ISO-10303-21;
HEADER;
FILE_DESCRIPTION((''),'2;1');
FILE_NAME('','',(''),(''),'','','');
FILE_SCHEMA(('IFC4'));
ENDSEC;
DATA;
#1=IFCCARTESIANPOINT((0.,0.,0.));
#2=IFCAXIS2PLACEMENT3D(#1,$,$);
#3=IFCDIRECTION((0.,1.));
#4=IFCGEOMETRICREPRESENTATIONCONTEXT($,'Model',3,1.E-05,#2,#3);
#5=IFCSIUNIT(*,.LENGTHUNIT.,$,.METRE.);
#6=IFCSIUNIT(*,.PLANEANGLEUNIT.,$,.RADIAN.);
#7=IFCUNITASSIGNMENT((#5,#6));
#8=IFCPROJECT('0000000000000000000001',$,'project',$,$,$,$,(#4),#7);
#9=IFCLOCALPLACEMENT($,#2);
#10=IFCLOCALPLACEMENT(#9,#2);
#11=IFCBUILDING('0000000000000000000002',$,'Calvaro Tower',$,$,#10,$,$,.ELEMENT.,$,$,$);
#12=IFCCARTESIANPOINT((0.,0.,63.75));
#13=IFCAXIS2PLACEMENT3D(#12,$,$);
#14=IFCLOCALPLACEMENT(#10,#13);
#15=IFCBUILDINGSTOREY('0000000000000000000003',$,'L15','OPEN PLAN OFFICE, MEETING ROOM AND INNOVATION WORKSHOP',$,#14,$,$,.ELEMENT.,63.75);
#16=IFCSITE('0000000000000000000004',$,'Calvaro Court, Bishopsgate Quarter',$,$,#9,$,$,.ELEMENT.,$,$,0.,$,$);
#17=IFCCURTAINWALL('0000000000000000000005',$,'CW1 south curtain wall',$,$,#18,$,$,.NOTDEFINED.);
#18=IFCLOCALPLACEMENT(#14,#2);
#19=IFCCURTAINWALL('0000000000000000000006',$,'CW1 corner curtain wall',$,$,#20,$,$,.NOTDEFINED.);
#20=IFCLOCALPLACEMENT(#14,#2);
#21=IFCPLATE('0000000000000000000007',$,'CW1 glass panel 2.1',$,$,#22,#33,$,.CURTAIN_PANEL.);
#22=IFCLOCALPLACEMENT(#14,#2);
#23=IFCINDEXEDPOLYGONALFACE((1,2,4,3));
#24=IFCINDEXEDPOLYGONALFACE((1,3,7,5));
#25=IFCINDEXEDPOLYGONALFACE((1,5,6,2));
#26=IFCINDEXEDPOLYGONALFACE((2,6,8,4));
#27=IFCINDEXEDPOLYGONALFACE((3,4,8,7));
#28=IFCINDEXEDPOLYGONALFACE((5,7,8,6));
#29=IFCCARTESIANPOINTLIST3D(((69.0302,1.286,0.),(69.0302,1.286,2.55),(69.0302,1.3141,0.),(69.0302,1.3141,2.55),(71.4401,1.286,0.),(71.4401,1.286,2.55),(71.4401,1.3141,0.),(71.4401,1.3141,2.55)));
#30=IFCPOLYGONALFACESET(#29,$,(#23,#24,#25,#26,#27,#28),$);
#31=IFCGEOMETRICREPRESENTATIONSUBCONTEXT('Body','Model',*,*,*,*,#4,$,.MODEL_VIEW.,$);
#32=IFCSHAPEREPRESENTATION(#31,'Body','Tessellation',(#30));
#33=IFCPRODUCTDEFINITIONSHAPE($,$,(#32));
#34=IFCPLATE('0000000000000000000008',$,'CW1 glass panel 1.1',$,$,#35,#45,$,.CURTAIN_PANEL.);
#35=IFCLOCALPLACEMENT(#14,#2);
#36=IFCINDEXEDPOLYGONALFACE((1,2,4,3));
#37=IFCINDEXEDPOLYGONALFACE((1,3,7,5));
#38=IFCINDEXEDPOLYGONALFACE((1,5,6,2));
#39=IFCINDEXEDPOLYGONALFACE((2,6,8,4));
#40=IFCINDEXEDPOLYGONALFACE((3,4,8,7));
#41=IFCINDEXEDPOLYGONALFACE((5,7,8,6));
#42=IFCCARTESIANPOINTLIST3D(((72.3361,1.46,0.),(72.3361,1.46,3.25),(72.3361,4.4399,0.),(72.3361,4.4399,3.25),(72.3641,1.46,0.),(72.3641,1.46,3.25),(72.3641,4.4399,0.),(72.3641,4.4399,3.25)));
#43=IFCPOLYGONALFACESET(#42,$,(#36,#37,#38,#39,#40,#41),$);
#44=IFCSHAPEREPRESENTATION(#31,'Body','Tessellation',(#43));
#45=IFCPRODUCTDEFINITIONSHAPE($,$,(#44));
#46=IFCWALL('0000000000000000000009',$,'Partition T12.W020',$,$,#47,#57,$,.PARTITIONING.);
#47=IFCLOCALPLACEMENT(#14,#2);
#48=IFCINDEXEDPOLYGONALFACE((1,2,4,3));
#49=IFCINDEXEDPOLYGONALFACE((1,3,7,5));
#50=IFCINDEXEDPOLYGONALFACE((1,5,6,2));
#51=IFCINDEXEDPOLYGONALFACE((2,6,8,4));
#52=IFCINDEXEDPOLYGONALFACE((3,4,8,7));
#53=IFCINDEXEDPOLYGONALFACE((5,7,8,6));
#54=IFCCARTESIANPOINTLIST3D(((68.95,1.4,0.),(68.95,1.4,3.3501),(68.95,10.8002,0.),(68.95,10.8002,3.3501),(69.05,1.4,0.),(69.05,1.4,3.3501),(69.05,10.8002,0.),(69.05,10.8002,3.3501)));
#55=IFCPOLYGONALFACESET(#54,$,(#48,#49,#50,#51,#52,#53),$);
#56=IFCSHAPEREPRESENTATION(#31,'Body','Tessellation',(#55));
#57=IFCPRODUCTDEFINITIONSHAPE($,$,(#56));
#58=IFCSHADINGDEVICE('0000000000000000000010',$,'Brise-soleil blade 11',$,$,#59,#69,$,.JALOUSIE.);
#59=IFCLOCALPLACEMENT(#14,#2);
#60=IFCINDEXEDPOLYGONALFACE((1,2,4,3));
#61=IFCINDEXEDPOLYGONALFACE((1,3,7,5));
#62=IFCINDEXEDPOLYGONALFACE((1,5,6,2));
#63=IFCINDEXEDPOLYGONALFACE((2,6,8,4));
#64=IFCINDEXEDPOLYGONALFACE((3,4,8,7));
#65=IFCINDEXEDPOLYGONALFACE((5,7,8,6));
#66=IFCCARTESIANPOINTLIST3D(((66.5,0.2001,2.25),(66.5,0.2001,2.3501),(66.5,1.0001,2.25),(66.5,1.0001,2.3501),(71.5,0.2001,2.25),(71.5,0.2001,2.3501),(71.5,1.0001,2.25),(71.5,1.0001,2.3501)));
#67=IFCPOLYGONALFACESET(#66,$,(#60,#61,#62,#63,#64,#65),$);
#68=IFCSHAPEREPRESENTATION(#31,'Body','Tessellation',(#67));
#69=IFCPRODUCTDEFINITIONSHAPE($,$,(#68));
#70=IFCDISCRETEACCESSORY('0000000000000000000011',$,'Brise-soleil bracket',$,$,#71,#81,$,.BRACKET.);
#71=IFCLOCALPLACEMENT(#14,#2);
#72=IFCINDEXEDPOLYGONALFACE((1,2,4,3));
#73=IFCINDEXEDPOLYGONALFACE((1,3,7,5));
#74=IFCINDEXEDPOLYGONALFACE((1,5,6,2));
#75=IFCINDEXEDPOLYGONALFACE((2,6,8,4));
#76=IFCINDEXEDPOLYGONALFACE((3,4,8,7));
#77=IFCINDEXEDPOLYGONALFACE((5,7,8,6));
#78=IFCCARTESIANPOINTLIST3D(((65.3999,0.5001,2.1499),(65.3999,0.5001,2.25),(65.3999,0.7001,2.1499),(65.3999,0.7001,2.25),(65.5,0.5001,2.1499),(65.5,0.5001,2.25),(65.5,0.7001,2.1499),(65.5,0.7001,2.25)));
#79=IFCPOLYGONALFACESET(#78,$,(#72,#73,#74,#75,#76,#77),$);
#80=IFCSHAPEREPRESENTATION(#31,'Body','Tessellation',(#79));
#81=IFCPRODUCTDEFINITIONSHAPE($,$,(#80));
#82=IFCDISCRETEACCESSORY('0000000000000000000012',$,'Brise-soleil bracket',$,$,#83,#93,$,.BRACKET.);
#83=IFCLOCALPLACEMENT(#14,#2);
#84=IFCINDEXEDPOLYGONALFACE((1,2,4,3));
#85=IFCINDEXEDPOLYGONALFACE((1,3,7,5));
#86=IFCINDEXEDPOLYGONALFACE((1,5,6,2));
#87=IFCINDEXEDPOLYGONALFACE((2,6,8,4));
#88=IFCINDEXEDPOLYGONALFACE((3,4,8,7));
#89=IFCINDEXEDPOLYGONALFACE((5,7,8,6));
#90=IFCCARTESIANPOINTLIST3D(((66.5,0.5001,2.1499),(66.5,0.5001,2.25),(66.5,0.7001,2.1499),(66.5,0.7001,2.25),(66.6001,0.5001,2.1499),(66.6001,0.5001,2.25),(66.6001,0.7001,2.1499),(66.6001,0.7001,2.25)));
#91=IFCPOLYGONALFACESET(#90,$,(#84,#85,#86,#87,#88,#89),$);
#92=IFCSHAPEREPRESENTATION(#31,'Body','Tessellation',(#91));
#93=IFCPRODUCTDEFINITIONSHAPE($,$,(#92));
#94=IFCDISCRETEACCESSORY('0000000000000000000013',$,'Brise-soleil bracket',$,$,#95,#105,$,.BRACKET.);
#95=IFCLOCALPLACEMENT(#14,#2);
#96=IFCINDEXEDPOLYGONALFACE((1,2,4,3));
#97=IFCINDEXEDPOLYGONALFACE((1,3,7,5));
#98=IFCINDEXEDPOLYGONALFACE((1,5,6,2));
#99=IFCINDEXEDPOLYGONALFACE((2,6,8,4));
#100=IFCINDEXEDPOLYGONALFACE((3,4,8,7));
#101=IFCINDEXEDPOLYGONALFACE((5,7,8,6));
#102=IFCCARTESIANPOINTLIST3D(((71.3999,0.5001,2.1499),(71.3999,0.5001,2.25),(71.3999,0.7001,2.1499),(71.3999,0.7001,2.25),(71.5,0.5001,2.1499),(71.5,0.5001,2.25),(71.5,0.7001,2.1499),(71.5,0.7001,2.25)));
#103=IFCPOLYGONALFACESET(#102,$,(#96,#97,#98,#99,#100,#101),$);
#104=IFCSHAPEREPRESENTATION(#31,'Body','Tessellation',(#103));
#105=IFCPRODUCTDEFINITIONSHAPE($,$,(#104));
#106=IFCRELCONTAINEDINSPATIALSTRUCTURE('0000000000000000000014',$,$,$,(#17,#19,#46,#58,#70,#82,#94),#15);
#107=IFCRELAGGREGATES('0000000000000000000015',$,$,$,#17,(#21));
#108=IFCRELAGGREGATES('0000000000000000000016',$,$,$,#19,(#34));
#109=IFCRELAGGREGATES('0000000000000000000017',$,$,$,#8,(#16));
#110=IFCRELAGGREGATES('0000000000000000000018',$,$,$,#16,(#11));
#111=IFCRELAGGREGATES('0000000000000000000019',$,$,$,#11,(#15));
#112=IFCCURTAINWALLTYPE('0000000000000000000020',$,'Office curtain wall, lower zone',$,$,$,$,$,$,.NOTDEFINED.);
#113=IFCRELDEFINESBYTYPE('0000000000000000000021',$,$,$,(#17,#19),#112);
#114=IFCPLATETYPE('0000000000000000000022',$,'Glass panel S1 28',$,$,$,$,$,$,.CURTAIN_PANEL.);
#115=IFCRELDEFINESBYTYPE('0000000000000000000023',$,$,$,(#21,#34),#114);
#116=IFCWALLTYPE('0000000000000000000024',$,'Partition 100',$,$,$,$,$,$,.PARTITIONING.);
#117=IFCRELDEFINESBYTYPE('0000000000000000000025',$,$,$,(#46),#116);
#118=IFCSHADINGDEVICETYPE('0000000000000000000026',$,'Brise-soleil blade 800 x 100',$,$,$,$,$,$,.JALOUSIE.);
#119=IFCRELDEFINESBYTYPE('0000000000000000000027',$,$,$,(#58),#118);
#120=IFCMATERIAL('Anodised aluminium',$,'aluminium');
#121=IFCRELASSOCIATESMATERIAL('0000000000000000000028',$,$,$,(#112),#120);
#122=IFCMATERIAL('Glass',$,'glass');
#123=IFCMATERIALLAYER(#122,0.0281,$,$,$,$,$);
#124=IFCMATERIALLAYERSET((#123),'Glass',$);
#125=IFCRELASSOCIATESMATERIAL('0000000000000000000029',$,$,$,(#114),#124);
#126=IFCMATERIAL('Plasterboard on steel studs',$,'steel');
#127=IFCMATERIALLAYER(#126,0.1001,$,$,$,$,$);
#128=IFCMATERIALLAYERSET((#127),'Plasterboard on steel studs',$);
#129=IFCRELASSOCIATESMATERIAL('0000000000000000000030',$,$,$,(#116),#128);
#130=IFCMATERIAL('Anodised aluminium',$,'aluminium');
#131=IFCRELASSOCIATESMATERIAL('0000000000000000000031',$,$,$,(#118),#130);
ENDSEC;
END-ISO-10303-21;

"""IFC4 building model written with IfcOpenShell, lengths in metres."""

from ifc_helpers import new_model, si_unit, direction, frame, frame_2d, origin, origin_2d, place, context, subcontext, project, spatial, rectangle, extrude, material, layer, layer_set, material_profile, profile_set, type_object, element, aggregate, save


model = new_model("IFC4")

# Units and contexts
model_context = context("Model", 3, precision=1e-05, world=origin(), true_north=direction((0.0, 1.0)))
body_context = subcontext(model_context, "Body", "Model", "MODEL_VIEW")
ifc_project = project(units=[si_unit("LENGTHUNIT", "METRE"), si_unit("PLANEANGLEUNIT", "RADIAN")], contexts=[model_context])

# Site, building, storey
site_placement = place(None, origin())
site = spatial("IfcSite", under=ifc_project, at=site_placement, Name="Calvaro Court, Bishopsgate Quarter", CompositionType="ELEMENT", RefElevation=0.0)
building_placement = place(site_placement, origin())
building = spatial("IfcBuilding", under=site, at=building_placement, Name="Calvaro Tower", CompositionType="ELEMENT")
storey_placement = place(building_placement, frame((0.0, 0.0, 63.75)))
storey = spatial("IfcBuildingStorey", under=building, at=storey_placement, Name="L15", Description="OPEN PLAN OFFICE, MEETING ROOM AND INNOVATION WORKSHOP", CompositionType="ELEMENT", Elevation=63.75)

# Shared definitions
ifc_material_1 = material(Name="Anodised aluminium", Category="aluminium")
curtain_wall_type = type_object("IfcCurtainWallType", Name="Office curtain wall, lower zone", PredefinedType="NOTDEFINED", material=ifc_material_1)

# Curtain walls
curtain_wall_1_placement = place(storey_placement, origin())
curtain_wall_1 = element("IfcCurtainWall", 1, at=curtain_wall_1_placement, inside=storey, type_object=curtain_wall_type, Name="CW1 south curtain wall", PredefinedType="NOTDEFINED")
curtain_wall_2_placement = place(storey_placement, origin())
curtain_wall_2 = element("IfcCurtainWall", 2, at=curtain_wall_2_placement, inside=storey, type_object=curtain_wall_type, Name="CW1 corner curtain wall", PredefinedType="NOTDEFINED")

# Plates
ifc_material_2 = material(Name="Glass", Category="glass")
ifc_layer_1 = layer(ifc_material_2, 0.0281)
ifc_layer_set_1 = layer_set([ifc_layer_1], Name="Glass")
plate_type = type_object("IfcPlateType", Name="Glass panel S1 28", PredefinedType="CURTAIN_PANEL", material=ifc_layer_set_1)
plate_1_placement = place(storey_placement, frame((70.2351, 1.3, 0.0), z_axis=(0.0, 0.0, 1.0), x_axis=(1.0, 0.0, 0.0)))
plate_1 = element("IfcPlate", 3, at=plate_1_placement, type_object=plate_type, Name="CW1 glass panel 2.1", PredefinedType="CURTAIN_PANEL", context=body_context, shape_type="SweptSolid", body=[
    extrude(rectangle(XDim=2.4099, YDim=0.0281, at=origin_2d()), origin(), (0.0, 0.0, 1.0), 2.55),
])
aggregate(curtain_wall_1, [plate_1])
plate_2_placement = place(storey_placement, frame((72.3501, 2.95, 0.0), z_axis=(0.0, 0.0, 1.0), x_axis=(0.0, 1.0, 0.0)))
plate_2 = element("IfcPlate", 4, at=plate_2_placement, type_object=plate_type, Name="CW1 glass panel 1.1", PredefinedType="CURTAIN_PANEL", context=body_context, shape_type="SweptSolid", body=[
    extrude(rectangle(XDim=2.98, YDim=0.0281, at=origin_2d()), origin(), (0.0, 0.0, 1.0), 3.25),
])
aggregate(curtain_wall_2, [plate_2])

# Wall
ifc_material_3 = material(Name="Plasterboard on steel studs", Category="steel")
ifc_layer_2 = layer(ifc_material_3, 0.1001)
ifc_layer_set_2 = layer_set([ifc_layer_2], Name="Plasterboard on steel studs")
wall_type = type_object("IfcWallType", Name="Partition 100", PredefinedType="PARTITIONING", material=ifc_layer_set_2)
wall_placement = place(storey_placement, frame((69.0, 1.3999, 0.0), z_axis=(0.0, 0.0, 1.0), x_axis=(0.0, 1.0, 0.0)))
element("IfcWall", 5, at=wall_placement, inside=storey, type_object=wall_type, Name="Partition T12.W020", PredefinedType="PARTITIONING", context=body_context, shape_type="SweptSolid", body=[
    extrude(rectangle(XDim=9.4001, YDim=0.1001, at=frame_2d((4.7002, 0.0))), origin(), (0.0, 0.0, 1.0), 3.3501),
])

# Shading device
ifc_material_4 = material(Name="Anodised aluminium", Category="aluminium")
ifc_material_profile_1 = material_profile(ifc_material_4, rectangle(XDim=0.8, YDim=0.1001, at=origin_2d()), Name="Brise-soleil blade 800 x 100")
ifc_profile_set_1 = profile_set([ifc_material_profile_1], Name="Anodised aluminium")
shading_device_type = type_object("IfcShadingDeviceType", Name="Brise-soleil blade 800 x 100", PredefinedType="JALOUSIE", material=ifc_profile_set_1)
shading_device_placement = place(storey_placement, frame((66.5, 0.6001, 2.3), z_axis=(1.0, 0.0, 0.0), x_axis=(0.0, 1.0, 0.0)))
element("IfcShadingDevice", 6, at=shading_device_placement, inside=storey, type_object=shading_device_type, Name="Brise-soleil blade 11", PredefinedType="JALOUSIE", context=body_context, shape_type="SweptSolid", body=[
    extrude(rectangle(XDim=0.8, YDim=0.1001, at=origin_2d()), origin(), (0.0, 0.0, 1.0), 5.0),
])

# Discrete accessories
for number, where, z_axis, x_axis, name in (
    (7, (65.45, 0.6001, 2.1499), (0.0, 0.0, 1.0), (1.0, 0.0, 0.0), "Brise-soleil bracket"),
    (8, (66.55, 0.6001, 2.1499), (0.0, 0.0, 1.0), (1.0, 0.0, 0.0), "Brise-soleil bracket"),
    (9, (71.45, 0.6001, 2.1499), (0.0, 0.0, 1.0), (1.0, 0.0, 0.0), "Brise-soleil bracket"),
):
    element("IfcDiscreteAccessory", number, at=place(storey_placement, frame(where, z_axis=z_axis, x_axis=x_axis)), inside=storey, Name=name, PredefinedType="BRACKET", context=body_context, shape_type="SweptSolid", body=[
        extrude(rectangle(XDim=0.1001, YDim=0.2, at=origin_2d()), origin(), (0.0, 0.0, 1.0), 0.1001),
    ])

save(model, "model.ifc")
